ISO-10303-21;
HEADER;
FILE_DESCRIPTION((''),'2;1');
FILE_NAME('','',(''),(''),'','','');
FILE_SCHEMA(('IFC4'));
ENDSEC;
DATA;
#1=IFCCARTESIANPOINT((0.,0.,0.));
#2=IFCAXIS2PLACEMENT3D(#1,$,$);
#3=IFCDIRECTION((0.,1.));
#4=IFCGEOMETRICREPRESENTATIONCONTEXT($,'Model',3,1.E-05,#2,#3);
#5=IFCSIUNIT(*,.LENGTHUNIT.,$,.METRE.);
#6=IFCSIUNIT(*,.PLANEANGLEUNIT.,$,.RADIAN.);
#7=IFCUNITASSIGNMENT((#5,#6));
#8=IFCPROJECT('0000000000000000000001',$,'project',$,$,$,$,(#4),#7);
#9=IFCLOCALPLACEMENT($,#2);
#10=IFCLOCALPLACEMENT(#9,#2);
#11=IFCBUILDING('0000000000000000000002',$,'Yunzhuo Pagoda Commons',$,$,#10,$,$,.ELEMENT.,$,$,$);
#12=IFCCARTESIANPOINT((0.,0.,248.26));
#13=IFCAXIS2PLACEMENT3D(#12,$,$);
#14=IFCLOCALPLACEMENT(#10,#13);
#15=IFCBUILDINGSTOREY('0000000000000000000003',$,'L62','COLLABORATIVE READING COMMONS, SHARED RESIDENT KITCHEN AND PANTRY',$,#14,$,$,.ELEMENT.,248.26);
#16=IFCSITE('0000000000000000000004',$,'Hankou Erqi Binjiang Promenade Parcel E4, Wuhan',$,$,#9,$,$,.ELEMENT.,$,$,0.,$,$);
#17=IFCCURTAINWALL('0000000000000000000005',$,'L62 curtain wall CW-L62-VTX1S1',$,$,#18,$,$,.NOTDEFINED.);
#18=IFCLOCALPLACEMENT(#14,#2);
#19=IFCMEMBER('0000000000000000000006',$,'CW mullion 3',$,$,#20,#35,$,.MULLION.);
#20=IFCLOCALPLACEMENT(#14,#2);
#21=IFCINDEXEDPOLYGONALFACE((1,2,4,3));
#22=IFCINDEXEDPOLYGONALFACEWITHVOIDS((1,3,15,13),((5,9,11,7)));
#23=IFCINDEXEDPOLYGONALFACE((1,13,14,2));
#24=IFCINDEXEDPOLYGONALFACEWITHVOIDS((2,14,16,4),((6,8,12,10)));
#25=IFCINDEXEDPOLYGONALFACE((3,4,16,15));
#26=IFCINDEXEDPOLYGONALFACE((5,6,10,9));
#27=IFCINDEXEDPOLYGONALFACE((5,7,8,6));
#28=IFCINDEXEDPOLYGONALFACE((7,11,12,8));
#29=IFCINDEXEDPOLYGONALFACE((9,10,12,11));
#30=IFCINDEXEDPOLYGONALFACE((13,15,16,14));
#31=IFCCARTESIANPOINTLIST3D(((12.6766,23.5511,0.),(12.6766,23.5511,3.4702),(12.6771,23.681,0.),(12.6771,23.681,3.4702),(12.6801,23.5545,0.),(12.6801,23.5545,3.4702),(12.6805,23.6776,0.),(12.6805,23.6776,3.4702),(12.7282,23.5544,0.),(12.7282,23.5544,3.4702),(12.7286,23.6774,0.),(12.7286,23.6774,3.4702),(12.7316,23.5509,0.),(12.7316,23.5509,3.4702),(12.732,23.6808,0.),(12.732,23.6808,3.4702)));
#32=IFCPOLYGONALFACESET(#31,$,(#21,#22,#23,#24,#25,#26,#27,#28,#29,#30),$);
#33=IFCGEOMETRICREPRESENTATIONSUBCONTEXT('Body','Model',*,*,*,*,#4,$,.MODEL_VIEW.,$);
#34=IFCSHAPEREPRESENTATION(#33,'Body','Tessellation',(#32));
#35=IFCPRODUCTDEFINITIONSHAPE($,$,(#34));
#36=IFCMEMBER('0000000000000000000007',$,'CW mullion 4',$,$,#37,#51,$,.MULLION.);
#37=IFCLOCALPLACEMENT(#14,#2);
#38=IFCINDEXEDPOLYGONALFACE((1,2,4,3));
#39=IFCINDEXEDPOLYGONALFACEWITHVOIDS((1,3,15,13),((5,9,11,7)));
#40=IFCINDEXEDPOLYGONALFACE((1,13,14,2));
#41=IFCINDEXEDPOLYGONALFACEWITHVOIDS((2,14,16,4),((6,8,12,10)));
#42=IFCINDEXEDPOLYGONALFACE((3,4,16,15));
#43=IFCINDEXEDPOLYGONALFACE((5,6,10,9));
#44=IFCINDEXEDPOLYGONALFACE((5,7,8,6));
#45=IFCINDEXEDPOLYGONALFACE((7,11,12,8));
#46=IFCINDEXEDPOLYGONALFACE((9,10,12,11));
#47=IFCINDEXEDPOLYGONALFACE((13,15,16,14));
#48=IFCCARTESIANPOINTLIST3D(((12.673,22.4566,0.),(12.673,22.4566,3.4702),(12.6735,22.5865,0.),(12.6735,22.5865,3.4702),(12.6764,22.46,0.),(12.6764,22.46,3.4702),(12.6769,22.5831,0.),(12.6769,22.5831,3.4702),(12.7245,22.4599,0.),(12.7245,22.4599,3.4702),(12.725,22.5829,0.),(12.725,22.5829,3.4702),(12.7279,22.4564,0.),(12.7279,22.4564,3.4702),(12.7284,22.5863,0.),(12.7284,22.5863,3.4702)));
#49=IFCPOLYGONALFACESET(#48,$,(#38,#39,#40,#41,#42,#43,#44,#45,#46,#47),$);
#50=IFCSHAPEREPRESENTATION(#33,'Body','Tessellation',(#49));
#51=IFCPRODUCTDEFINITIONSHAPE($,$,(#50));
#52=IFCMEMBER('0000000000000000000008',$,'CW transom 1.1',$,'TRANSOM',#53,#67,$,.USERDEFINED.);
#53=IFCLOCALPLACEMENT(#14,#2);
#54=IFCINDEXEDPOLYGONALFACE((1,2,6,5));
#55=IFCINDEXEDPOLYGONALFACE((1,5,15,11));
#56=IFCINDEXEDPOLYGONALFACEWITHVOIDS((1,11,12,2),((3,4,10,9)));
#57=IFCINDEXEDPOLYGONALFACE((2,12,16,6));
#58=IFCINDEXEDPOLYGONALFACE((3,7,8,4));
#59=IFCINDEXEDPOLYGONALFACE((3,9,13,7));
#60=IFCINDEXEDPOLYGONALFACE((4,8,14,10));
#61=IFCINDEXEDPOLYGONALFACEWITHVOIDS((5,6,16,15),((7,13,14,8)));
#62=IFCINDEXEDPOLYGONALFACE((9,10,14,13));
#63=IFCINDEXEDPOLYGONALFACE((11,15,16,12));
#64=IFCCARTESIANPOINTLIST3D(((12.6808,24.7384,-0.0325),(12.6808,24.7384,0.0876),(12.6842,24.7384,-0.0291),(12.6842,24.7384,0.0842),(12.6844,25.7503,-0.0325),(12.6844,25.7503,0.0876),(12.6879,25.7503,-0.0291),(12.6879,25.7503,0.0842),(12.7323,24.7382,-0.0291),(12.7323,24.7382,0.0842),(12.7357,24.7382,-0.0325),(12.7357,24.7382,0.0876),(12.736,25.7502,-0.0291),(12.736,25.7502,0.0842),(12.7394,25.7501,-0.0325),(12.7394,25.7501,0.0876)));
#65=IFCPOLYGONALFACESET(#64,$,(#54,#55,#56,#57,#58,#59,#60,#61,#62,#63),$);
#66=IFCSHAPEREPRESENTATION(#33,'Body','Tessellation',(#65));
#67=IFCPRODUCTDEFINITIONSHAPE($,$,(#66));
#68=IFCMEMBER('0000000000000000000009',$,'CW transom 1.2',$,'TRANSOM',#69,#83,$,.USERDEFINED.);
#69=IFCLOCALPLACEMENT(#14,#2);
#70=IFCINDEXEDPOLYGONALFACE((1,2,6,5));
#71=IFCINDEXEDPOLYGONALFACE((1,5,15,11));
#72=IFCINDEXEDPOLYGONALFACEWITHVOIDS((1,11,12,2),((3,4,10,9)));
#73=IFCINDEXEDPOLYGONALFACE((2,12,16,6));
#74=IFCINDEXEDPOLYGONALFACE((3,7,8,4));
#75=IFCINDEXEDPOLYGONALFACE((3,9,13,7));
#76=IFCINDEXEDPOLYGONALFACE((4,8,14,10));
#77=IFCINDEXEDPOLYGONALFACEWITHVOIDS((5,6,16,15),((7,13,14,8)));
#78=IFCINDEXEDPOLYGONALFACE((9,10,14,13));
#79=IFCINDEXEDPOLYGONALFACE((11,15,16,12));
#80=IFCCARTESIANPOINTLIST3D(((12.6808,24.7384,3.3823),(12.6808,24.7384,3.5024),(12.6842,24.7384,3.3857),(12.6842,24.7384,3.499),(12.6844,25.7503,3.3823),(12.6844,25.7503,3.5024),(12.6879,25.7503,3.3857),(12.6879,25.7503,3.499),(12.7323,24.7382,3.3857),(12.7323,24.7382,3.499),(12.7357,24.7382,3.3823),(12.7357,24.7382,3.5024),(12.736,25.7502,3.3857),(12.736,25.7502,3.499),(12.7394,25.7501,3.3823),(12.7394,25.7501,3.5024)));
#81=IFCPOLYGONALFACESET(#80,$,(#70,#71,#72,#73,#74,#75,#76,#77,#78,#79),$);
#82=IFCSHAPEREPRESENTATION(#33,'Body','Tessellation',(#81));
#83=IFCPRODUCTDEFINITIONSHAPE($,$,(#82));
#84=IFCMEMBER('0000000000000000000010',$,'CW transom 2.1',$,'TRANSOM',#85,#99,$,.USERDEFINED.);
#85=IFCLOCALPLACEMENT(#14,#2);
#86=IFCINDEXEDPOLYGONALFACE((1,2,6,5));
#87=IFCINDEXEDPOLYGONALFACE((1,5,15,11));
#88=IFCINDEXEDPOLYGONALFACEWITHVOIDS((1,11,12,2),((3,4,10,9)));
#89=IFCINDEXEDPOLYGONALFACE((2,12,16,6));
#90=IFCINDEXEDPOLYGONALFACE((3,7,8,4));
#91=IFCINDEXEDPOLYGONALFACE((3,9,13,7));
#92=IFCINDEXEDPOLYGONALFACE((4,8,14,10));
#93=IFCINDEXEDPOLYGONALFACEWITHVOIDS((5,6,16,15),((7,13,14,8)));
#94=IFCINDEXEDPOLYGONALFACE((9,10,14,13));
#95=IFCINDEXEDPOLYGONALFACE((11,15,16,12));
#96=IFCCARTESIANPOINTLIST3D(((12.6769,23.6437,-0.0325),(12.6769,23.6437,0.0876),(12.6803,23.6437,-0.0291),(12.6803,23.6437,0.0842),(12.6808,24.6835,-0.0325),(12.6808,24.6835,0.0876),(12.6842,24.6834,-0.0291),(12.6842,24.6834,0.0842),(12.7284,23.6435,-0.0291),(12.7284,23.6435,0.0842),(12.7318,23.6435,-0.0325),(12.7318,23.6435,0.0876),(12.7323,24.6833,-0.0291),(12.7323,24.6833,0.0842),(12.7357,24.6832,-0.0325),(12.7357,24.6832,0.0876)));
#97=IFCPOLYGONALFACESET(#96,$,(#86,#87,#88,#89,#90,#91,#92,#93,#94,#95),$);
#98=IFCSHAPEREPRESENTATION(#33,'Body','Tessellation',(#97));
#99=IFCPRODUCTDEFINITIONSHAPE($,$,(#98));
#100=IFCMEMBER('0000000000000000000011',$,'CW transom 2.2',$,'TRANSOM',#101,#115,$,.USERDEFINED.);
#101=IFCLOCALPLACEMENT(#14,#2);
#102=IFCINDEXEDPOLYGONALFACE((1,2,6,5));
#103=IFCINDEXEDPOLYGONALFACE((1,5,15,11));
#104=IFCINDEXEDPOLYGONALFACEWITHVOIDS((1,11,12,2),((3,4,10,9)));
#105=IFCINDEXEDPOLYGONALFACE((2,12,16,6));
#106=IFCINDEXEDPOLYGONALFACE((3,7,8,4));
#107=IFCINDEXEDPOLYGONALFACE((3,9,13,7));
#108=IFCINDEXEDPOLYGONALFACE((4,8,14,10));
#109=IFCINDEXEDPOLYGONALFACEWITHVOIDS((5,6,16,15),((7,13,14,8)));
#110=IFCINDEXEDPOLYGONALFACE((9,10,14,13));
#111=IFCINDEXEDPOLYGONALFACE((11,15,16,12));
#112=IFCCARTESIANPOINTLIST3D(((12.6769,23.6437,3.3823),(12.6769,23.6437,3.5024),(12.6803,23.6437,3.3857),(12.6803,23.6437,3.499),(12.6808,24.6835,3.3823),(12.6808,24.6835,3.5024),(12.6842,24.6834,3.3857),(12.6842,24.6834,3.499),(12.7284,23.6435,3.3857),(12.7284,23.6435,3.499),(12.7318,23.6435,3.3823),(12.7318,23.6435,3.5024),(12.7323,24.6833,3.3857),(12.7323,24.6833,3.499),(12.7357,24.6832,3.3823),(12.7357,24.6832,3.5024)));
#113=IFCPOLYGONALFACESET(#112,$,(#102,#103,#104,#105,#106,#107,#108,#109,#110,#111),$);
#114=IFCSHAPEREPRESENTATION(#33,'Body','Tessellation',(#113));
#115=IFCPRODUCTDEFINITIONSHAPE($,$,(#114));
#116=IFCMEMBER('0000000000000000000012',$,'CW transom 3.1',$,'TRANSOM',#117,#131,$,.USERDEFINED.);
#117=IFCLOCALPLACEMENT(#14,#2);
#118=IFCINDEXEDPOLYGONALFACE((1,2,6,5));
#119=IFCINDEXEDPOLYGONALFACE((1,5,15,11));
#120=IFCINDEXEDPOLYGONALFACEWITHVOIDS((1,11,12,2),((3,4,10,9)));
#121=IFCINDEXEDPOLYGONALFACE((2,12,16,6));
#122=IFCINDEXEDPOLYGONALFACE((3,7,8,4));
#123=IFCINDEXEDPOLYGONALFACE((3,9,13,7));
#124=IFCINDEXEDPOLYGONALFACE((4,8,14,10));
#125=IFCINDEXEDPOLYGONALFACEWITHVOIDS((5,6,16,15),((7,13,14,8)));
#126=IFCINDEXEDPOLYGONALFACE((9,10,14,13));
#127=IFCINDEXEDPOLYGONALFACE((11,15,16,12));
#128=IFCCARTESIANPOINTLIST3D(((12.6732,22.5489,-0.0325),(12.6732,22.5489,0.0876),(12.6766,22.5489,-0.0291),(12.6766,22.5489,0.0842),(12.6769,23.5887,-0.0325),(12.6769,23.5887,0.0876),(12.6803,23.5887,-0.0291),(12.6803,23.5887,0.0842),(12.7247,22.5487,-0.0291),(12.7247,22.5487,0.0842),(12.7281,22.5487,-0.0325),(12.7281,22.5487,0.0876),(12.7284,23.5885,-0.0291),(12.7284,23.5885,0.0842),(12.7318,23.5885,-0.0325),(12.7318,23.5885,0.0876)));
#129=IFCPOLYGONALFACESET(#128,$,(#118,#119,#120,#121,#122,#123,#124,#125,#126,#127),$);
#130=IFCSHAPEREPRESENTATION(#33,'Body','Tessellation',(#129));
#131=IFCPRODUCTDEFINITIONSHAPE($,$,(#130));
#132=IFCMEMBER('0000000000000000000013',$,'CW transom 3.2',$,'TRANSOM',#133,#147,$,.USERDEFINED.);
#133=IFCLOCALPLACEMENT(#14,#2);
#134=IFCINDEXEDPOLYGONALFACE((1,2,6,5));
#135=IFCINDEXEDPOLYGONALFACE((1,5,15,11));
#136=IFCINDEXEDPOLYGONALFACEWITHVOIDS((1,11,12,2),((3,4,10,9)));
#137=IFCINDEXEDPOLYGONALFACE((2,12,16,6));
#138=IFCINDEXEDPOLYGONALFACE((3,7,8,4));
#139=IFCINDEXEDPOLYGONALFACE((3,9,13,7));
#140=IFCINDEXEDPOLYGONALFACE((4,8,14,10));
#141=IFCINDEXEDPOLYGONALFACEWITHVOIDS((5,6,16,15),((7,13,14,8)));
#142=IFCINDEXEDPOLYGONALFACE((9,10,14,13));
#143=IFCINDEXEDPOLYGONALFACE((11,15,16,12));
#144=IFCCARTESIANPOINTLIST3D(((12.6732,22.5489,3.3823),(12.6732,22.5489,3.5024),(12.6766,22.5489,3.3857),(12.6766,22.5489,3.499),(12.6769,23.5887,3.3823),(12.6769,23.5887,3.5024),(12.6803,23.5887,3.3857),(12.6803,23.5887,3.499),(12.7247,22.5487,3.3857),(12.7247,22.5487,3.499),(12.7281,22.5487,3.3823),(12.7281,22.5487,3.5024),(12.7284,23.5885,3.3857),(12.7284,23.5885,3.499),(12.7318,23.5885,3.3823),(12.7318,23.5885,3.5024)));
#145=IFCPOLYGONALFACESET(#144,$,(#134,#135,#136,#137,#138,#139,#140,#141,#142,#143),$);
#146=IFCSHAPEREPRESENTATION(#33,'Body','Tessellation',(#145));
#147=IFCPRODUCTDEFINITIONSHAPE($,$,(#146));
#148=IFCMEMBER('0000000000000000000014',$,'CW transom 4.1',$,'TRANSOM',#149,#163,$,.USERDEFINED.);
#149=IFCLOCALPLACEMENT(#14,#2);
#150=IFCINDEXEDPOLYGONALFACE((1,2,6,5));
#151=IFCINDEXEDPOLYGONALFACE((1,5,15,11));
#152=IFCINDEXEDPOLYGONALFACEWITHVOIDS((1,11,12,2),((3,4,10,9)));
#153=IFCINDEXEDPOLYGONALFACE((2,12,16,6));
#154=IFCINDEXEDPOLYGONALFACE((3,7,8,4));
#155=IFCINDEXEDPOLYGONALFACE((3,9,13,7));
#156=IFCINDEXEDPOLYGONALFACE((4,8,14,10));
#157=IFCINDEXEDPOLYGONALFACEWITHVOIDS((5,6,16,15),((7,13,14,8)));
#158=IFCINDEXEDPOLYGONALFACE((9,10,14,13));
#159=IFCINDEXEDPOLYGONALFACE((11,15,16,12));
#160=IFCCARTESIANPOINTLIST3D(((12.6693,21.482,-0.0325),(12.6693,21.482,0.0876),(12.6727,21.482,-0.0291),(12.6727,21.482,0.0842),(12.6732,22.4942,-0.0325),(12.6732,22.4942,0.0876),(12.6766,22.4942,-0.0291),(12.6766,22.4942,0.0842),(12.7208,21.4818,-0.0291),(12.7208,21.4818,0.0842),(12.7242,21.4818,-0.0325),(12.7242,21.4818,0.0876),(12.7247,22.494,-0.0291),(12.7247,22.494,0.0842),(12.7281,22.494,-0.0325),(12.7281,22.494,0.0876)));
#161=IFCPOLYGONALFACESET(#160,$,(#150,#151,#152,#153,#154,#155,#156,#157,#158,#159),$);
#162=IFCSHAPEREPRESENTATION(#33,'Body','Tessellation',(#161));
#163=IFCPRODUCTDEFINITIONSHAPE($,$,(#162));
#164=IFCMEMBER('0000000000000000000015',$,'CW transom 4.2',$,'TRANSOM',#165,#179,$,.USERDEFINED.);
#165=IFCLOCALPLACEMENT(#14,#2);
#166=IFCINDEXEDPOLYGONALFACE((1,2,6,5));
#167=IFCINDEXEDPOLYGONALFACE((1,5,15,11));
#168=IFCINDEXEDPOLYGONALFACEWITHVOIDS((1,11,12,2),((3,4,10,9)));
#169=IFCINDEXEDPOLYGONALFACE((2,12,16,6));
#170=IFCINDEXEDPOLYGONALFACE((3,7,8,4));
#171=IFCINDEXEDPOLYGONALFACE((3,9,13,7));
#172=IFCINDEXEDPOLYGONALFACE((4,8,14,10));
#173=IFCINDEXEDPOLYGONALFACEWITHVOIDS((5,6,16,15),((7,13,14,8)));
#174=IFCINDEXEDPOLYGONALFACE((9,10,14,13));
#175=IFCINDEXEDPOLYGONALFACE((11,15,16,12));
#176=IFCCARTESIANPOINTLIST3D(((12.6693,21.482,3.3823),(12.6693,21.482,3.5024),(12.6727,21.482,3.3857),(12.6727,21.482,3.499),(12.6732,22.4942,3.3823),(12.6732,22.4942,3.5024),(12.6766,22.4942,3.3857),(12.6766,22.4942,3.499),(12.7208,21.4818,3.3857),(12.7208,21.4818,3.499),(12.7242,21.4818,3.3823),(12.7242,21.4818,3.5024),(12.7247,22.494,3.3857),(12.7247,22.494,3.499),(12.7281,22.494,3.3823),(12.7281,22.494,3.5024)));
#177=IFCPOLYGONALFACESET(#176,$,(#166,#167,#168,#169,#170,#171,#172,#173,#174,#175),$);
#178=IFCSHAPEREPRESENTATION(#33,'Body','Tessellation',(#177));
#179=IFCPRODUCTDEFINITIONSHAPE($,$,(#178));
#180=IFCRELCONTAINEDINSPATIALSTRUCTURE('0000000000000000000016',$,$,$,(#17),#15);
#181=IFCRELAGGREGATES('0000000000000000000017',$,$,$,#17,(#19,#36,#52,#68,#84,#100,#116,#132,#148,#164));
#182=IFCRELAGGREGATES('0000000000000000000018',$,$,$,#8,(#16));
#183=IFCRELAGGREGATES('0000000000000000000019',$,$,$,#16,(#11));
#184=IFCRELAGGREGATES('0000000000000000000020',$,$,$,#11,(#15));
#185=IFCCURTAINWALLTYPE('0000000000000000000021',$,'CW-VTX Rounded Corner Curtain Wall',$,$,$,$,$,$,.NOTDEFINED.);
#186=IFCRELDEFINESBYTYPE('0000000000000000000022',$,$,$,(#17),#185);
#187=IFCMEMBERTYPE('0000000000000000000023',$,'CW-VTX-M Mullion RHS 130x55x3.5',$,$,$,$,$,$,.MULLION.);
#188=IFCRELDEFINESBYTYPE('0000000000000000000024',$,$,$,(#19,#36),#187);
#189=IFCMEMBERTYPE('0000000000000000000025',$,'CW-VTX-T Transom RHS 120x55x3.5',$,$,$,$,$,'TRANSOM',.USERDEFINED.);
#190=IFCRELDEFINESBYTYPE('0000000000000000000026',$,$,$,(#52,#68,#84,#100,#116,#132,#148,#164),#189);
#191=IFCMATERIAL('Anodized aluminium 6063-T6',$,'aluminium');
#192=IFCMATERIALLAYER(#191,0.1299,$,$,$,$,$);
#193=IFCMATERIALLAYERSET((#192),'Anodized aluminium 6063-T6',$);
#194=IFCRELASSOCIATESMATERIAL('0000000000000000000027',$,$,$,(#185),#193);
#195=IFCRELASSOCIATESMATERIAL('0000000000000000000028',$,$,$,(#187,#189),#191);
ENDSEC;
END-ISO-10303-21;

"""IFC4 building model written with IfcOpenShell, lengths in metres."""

from ifc_helpers import new_model, si_unit, direction, frame, origin, origin_2d, place, context, subcontext, project, spatial, hollow_rectangle, extrude, source, transform, mapped, material, layer, layer_set, material_profile, profile_set, type_object, element, aggregate, save


model = new_model("IFC4")

# Units and contexts
model_context = context("Model", 3, precision=1e-05, world=origin(), true_north=direction((0.0, 1.0)))
body_context = subcontext(model_context, "Body", "Model", "MODEL_VIEW")
ifc_project = project(units=[si_unit("LENGTHUNIT", "METRE"), si_unit("PLANEANGLEUNIT", "RADIAN")], contexts=[model_context])

# Site, building, storey
site_placement = place(None, origin())
site = spatial("IfcSite", under=ifc_project, at=site_placement, Name="Hankou Erqi Binjiang Promenade Parcel E4, Wuhan", CompositionType="ELEMENT", RefElevation=0.0)
building_placement = place(site_placement, origin())
building = spatial("IfcBuilding", under=site, at=building_placement, Name="Yunzhuo Pagoda Commons", CompositionType="ELEMENT")
storey_placement = place(building_placement, frame((0.0, 0.0, 248.26)))
storey = spatial("IfcBuildingStorey", under=building, at=storey_placement, Name="L62", Description="COLLABORATIVE READING COMMONS, SHARED RESIDENT KITCHEN AND PANTRY", CompositionType="ELEMENT", Elevation=248.26)

# Shared definitions
ifc_material_1 = material(Name="Anodized aluminium 6063-T6", Category="aluminium")

# Curtain wall, members
ifc_layer_1 = layer(ifc_material_1, 0.1299)
ifc_layer_set_1 = layer_set([ifc_layer_1], Name="Anodized aluminium 6063-T6")
curtain_wall_type_1 = type_object("IfcCurtainWallType", Name="CW-VTX Rounded Corner Curtain Wall", PredefinedType="NOTDEFINED", material=ifc_layer_set_1)
curtain_wall_1_placement = place(storey_placement, origin())
curtain_wall_1 = element("IfcCurtainWall", 1, at=curtain_wall_1_placement, inside=storey, type_object=curtain_wall_type_1, Name="L62 curtain wall CW-L62-VTX1S1", PredefinedType="NOTDEFINED")
ifc_material_profile_1 = material_profile(ifc_material_1, hollow_rectangle(XDim=0.0549, YDim=0.1299, WallThickness=0.0034, at=origin_2d()), Name="Anodized aluminium 6063-T6")
ifc_profile_set_1 = profile_set([ifc_material_profile_1], Name="Anodized aluminium 6063-T6")
member_type_1 = type_object("IfcMemberType", Name="CW-VTX-M Mullion RHS 130x55x3.5", PredefinedType="MULLION", material=ifc_profile_set_1)
shared_shape_1 = source(origin(), body_context, "Body", "SweptSolid", [
    extrude(hollow_rectangle(XDim=0.0549, YDim=0.1299, WallThickness=0.0034, at=origin_2d()), origin(), (0.0, 0.0, 1.0), 3.4702),
])
member_1_placement = place(storey_placement, frame((12.7043, 23.616, 0.0), z_axis=(0.0, 0.0, 1.0), x_axis=(0.999994, -0.003586, 0.0)))
member_1 = element("IfcMember", 2, at=member_1_placement, type_object=member_type_1, Name="CW mullion 3", PredefinedType="MULLION", context=body_context, shape_type="MappedRepresentation", body=[
    mapped(shared_shape_1, transform((0.0, 0.0, 0.0), scale=1.0)),
])
member_2_placement = place(storey_placement, frame((12.7007, 22.5215, 0.0), z_axis=(0.0, 0.0, 1.0), x_axis=(0.999994, -0.003586, 0.0)))
member_2 = element("IfcMember", 3, at=member_2_placement, type_object=member_type_1, Name="CW mullion 4", PredefinedType="MULLION", context=body_context, shape_type="MappedRepresentation", body=[
    mapped(shared_shape_1, transform((0.0, 0.0, 0.0), scale=1.0)),
])
ifc_material_profile_2 = material_profile(ifc_material_1, hollow_rectangle(XDim=0.0549, YDim=0.1201, WallThickness=0.0034, at=origin_2d()), Name="Anodized aluminium 6063-T6")
ifc_profile_set_2 = profile_set([ifc_material_profile_2], Name="Anodized aluminium 6063-T6")
member_type_2 = type_object("IfcMemberType", Name="CW-VTX-T Transom RHS 120x55x3.5", ElementType="TRANSOM", PredefinedType="USERDEFINED", material=ifc_profile_set_2)
shared_shape_2 = source(origin(), body_context, "Body", "SweptSolid", [
    extrude(hollow_rectangle(XDim=0.0549, YDim=0.1201, WallThickness=0.0034, at=origin_2d()), origin(), (0.0, 0.0, 1.0), 1.012),
])
member_3_placement = place(storey_placement, frame((12.7119, 25.7502, 0.0276), z_axis=(-0.003619, -0.999993, 0.0), x_axis=(0.999993, -0.003619, 0.0)))
member_3 = element("IfcMember", 4, at=member_3_placement, type_object=member_type_2, Name="CW transom 1.1", ObjectType="TRANSOM", PredefinedType="USERDEFINED", context=body_context, shape_type="MappedRepresentation", body=[
    mapped(shared_shape_2, transform((0.0, 0.0, 0.0), scale=1.0)),
])
member_4_placement = place(storey_placement, frame((12.7119, 25.7502, 3.4424), z_axis=(-0.003619, -0.999993, 0.0), x_axis=(0.999993, -0.003619, 0.0)))
member_4 = element("IfcMember", 5, at=member_4_placement, type_object=member_type_2, Name="CW transom 1.2", ObjectType="TRANSOM", PredefinedType="USERDEFINED", context=body_context, shape_type="MappedRepresentation", body=[
    mapped(shared_shape_2, transform((0.0, 0.0, 0.0), scale=1.0)),
])
shared_shape_3 = source(origin(), body_context, "Body", "SweptSolid", [
    extrude(hollow_rectangle(XDim=0.0549, YDim=0.1201, WallThickness=0.0034, at=origin_2d()), origin(), (0.0, 0.0, 1.0), 1.0398),
])
member_5_placement = place(storey_placement, frame((12.7083, 24.6833, 0.0276), z_axis=(-0.003757, -0.999993, 0.0), x_axis=(0.999993, -0.003757, 0.0)))
member_5 = element("IfcMember", 6, at=member_5_placement, type_object=member_type_2, Name="CW transom 2.1", ObjectType="TRANSOM", PredefinedType="USERDEFINED", context=body_context, shape_type="MappedRepresentation", body=[
    mapped(shared_shape_3, transform((0.0, 0.0, 0.0), scale=1.0)),
])
member_6_placement = place(storey_placement, frame((12.7083, 24.6833, 3.4424), z_axis=(-0.003757, -0.999993, 0.0), x_axis=(0.999993, -0.003757, 0.0)))
member_6 = element("IfcMember", 7, at=member_6_placement, type_object=member_type_2, Name="CW transom 2.2", ObjectType="TRANSOM", PredefinedType="USERDEFINED", context=body_context, shape_type="MappedRepresentation", body=[
    mapped(shared_shape_3, transform((0.0, 0.0, 0.0), scale=1.0)),
])
member_7_placement = place(storey_placement, frame((12.7043, 23.5886, 0.0276), z_axis=(-0.003522, -0.999994, 0.0), x_axis=(0.999994, -0.003522, 0.0)))
member_7 = element("IfcMember", 8, at=member_7_placement, type_object=member_type_2, Name="CW transom 3.1", ObjectType="TRANSOM", PredefinedType="USERDEFINED", context=body_context, shape_type="MappedRepresentation", body=[
    mapped(shared_shape_3, transform((0.0, 0.0, 0.0), scale=1.0)),
])
member_8_placement = place(storey_placement, frame((12.7043, 23.5886, 3.4424), z_axis=(-0.003522, -0.999994, 0.0), x_axis=(0.999994, -0.003522, 0.0)))
member_8 = element("IfcMember", 9, at=member_8_placement, type_object=member_type_2, Name="CW transom 3.2", ObjectType="TRANSOM", PredefinedType="USERDEFINED", context=body_context, shape_type="MappedRepresentation", body=[
    mapped(shared_shape_3, transform((0.0, 0.0, 0.0), scale=1.0)),
])
shared_shape_4 = source(origin(), body_context, "Body", "SweptSolid", [
    extrude(hollow_rectangle(XDim=0.0549, YDim=0.1201, WallThickness=0.0034, at=origin_2d()), origin(), (0.0, 0.0, 1.0), 1.0122),
])
member_9_placement = place(storey_placement, frame((12.7007, 22.4941, 0.0276), z_axis=(-0.003859, -0.999993, 0.0), x_axis=(0.999993, -0.003859, 0.0)))
member_9 = element("IfcMember", 10, at=member_9_placement, type_object=member_type_2, Name="CW transom 4.1", ObjectType="TRANSOM", PredefinedType="USERDEFINED", context=body_context, shape_type="MappedRepresentation", body=[
    mapped(shared_shape_4, transform((0.0, 0.0, 0.0), scale=1.0)),
])
member_10_placement = place(storey_placement, frame((12.7007, 22.4941, 3.4424), z_axis=(-0.003859, -0.999993, 0.0), x_axis=(0.999993, -0.003859, 0.0)))
member_10 = element("IfcMember", 11, at=member_10_placement, type_object=member_type_2, Name="CW transom 4.2", ObjectType="TRANSOM", PredefinedType="USERDEFINED", context=body_context, shape_type="MappedRepresentation", body=[
    mapped(shared_shape_4, transform((0.0, 0.0, 0.0), scale=1.0)),
])

aggregate(curtain_wall_1, [member_1, member_2, member_3, member_4, member_5, member_6, member_7, member_8, member_9, member_10])

save(model, "model.ifc")
